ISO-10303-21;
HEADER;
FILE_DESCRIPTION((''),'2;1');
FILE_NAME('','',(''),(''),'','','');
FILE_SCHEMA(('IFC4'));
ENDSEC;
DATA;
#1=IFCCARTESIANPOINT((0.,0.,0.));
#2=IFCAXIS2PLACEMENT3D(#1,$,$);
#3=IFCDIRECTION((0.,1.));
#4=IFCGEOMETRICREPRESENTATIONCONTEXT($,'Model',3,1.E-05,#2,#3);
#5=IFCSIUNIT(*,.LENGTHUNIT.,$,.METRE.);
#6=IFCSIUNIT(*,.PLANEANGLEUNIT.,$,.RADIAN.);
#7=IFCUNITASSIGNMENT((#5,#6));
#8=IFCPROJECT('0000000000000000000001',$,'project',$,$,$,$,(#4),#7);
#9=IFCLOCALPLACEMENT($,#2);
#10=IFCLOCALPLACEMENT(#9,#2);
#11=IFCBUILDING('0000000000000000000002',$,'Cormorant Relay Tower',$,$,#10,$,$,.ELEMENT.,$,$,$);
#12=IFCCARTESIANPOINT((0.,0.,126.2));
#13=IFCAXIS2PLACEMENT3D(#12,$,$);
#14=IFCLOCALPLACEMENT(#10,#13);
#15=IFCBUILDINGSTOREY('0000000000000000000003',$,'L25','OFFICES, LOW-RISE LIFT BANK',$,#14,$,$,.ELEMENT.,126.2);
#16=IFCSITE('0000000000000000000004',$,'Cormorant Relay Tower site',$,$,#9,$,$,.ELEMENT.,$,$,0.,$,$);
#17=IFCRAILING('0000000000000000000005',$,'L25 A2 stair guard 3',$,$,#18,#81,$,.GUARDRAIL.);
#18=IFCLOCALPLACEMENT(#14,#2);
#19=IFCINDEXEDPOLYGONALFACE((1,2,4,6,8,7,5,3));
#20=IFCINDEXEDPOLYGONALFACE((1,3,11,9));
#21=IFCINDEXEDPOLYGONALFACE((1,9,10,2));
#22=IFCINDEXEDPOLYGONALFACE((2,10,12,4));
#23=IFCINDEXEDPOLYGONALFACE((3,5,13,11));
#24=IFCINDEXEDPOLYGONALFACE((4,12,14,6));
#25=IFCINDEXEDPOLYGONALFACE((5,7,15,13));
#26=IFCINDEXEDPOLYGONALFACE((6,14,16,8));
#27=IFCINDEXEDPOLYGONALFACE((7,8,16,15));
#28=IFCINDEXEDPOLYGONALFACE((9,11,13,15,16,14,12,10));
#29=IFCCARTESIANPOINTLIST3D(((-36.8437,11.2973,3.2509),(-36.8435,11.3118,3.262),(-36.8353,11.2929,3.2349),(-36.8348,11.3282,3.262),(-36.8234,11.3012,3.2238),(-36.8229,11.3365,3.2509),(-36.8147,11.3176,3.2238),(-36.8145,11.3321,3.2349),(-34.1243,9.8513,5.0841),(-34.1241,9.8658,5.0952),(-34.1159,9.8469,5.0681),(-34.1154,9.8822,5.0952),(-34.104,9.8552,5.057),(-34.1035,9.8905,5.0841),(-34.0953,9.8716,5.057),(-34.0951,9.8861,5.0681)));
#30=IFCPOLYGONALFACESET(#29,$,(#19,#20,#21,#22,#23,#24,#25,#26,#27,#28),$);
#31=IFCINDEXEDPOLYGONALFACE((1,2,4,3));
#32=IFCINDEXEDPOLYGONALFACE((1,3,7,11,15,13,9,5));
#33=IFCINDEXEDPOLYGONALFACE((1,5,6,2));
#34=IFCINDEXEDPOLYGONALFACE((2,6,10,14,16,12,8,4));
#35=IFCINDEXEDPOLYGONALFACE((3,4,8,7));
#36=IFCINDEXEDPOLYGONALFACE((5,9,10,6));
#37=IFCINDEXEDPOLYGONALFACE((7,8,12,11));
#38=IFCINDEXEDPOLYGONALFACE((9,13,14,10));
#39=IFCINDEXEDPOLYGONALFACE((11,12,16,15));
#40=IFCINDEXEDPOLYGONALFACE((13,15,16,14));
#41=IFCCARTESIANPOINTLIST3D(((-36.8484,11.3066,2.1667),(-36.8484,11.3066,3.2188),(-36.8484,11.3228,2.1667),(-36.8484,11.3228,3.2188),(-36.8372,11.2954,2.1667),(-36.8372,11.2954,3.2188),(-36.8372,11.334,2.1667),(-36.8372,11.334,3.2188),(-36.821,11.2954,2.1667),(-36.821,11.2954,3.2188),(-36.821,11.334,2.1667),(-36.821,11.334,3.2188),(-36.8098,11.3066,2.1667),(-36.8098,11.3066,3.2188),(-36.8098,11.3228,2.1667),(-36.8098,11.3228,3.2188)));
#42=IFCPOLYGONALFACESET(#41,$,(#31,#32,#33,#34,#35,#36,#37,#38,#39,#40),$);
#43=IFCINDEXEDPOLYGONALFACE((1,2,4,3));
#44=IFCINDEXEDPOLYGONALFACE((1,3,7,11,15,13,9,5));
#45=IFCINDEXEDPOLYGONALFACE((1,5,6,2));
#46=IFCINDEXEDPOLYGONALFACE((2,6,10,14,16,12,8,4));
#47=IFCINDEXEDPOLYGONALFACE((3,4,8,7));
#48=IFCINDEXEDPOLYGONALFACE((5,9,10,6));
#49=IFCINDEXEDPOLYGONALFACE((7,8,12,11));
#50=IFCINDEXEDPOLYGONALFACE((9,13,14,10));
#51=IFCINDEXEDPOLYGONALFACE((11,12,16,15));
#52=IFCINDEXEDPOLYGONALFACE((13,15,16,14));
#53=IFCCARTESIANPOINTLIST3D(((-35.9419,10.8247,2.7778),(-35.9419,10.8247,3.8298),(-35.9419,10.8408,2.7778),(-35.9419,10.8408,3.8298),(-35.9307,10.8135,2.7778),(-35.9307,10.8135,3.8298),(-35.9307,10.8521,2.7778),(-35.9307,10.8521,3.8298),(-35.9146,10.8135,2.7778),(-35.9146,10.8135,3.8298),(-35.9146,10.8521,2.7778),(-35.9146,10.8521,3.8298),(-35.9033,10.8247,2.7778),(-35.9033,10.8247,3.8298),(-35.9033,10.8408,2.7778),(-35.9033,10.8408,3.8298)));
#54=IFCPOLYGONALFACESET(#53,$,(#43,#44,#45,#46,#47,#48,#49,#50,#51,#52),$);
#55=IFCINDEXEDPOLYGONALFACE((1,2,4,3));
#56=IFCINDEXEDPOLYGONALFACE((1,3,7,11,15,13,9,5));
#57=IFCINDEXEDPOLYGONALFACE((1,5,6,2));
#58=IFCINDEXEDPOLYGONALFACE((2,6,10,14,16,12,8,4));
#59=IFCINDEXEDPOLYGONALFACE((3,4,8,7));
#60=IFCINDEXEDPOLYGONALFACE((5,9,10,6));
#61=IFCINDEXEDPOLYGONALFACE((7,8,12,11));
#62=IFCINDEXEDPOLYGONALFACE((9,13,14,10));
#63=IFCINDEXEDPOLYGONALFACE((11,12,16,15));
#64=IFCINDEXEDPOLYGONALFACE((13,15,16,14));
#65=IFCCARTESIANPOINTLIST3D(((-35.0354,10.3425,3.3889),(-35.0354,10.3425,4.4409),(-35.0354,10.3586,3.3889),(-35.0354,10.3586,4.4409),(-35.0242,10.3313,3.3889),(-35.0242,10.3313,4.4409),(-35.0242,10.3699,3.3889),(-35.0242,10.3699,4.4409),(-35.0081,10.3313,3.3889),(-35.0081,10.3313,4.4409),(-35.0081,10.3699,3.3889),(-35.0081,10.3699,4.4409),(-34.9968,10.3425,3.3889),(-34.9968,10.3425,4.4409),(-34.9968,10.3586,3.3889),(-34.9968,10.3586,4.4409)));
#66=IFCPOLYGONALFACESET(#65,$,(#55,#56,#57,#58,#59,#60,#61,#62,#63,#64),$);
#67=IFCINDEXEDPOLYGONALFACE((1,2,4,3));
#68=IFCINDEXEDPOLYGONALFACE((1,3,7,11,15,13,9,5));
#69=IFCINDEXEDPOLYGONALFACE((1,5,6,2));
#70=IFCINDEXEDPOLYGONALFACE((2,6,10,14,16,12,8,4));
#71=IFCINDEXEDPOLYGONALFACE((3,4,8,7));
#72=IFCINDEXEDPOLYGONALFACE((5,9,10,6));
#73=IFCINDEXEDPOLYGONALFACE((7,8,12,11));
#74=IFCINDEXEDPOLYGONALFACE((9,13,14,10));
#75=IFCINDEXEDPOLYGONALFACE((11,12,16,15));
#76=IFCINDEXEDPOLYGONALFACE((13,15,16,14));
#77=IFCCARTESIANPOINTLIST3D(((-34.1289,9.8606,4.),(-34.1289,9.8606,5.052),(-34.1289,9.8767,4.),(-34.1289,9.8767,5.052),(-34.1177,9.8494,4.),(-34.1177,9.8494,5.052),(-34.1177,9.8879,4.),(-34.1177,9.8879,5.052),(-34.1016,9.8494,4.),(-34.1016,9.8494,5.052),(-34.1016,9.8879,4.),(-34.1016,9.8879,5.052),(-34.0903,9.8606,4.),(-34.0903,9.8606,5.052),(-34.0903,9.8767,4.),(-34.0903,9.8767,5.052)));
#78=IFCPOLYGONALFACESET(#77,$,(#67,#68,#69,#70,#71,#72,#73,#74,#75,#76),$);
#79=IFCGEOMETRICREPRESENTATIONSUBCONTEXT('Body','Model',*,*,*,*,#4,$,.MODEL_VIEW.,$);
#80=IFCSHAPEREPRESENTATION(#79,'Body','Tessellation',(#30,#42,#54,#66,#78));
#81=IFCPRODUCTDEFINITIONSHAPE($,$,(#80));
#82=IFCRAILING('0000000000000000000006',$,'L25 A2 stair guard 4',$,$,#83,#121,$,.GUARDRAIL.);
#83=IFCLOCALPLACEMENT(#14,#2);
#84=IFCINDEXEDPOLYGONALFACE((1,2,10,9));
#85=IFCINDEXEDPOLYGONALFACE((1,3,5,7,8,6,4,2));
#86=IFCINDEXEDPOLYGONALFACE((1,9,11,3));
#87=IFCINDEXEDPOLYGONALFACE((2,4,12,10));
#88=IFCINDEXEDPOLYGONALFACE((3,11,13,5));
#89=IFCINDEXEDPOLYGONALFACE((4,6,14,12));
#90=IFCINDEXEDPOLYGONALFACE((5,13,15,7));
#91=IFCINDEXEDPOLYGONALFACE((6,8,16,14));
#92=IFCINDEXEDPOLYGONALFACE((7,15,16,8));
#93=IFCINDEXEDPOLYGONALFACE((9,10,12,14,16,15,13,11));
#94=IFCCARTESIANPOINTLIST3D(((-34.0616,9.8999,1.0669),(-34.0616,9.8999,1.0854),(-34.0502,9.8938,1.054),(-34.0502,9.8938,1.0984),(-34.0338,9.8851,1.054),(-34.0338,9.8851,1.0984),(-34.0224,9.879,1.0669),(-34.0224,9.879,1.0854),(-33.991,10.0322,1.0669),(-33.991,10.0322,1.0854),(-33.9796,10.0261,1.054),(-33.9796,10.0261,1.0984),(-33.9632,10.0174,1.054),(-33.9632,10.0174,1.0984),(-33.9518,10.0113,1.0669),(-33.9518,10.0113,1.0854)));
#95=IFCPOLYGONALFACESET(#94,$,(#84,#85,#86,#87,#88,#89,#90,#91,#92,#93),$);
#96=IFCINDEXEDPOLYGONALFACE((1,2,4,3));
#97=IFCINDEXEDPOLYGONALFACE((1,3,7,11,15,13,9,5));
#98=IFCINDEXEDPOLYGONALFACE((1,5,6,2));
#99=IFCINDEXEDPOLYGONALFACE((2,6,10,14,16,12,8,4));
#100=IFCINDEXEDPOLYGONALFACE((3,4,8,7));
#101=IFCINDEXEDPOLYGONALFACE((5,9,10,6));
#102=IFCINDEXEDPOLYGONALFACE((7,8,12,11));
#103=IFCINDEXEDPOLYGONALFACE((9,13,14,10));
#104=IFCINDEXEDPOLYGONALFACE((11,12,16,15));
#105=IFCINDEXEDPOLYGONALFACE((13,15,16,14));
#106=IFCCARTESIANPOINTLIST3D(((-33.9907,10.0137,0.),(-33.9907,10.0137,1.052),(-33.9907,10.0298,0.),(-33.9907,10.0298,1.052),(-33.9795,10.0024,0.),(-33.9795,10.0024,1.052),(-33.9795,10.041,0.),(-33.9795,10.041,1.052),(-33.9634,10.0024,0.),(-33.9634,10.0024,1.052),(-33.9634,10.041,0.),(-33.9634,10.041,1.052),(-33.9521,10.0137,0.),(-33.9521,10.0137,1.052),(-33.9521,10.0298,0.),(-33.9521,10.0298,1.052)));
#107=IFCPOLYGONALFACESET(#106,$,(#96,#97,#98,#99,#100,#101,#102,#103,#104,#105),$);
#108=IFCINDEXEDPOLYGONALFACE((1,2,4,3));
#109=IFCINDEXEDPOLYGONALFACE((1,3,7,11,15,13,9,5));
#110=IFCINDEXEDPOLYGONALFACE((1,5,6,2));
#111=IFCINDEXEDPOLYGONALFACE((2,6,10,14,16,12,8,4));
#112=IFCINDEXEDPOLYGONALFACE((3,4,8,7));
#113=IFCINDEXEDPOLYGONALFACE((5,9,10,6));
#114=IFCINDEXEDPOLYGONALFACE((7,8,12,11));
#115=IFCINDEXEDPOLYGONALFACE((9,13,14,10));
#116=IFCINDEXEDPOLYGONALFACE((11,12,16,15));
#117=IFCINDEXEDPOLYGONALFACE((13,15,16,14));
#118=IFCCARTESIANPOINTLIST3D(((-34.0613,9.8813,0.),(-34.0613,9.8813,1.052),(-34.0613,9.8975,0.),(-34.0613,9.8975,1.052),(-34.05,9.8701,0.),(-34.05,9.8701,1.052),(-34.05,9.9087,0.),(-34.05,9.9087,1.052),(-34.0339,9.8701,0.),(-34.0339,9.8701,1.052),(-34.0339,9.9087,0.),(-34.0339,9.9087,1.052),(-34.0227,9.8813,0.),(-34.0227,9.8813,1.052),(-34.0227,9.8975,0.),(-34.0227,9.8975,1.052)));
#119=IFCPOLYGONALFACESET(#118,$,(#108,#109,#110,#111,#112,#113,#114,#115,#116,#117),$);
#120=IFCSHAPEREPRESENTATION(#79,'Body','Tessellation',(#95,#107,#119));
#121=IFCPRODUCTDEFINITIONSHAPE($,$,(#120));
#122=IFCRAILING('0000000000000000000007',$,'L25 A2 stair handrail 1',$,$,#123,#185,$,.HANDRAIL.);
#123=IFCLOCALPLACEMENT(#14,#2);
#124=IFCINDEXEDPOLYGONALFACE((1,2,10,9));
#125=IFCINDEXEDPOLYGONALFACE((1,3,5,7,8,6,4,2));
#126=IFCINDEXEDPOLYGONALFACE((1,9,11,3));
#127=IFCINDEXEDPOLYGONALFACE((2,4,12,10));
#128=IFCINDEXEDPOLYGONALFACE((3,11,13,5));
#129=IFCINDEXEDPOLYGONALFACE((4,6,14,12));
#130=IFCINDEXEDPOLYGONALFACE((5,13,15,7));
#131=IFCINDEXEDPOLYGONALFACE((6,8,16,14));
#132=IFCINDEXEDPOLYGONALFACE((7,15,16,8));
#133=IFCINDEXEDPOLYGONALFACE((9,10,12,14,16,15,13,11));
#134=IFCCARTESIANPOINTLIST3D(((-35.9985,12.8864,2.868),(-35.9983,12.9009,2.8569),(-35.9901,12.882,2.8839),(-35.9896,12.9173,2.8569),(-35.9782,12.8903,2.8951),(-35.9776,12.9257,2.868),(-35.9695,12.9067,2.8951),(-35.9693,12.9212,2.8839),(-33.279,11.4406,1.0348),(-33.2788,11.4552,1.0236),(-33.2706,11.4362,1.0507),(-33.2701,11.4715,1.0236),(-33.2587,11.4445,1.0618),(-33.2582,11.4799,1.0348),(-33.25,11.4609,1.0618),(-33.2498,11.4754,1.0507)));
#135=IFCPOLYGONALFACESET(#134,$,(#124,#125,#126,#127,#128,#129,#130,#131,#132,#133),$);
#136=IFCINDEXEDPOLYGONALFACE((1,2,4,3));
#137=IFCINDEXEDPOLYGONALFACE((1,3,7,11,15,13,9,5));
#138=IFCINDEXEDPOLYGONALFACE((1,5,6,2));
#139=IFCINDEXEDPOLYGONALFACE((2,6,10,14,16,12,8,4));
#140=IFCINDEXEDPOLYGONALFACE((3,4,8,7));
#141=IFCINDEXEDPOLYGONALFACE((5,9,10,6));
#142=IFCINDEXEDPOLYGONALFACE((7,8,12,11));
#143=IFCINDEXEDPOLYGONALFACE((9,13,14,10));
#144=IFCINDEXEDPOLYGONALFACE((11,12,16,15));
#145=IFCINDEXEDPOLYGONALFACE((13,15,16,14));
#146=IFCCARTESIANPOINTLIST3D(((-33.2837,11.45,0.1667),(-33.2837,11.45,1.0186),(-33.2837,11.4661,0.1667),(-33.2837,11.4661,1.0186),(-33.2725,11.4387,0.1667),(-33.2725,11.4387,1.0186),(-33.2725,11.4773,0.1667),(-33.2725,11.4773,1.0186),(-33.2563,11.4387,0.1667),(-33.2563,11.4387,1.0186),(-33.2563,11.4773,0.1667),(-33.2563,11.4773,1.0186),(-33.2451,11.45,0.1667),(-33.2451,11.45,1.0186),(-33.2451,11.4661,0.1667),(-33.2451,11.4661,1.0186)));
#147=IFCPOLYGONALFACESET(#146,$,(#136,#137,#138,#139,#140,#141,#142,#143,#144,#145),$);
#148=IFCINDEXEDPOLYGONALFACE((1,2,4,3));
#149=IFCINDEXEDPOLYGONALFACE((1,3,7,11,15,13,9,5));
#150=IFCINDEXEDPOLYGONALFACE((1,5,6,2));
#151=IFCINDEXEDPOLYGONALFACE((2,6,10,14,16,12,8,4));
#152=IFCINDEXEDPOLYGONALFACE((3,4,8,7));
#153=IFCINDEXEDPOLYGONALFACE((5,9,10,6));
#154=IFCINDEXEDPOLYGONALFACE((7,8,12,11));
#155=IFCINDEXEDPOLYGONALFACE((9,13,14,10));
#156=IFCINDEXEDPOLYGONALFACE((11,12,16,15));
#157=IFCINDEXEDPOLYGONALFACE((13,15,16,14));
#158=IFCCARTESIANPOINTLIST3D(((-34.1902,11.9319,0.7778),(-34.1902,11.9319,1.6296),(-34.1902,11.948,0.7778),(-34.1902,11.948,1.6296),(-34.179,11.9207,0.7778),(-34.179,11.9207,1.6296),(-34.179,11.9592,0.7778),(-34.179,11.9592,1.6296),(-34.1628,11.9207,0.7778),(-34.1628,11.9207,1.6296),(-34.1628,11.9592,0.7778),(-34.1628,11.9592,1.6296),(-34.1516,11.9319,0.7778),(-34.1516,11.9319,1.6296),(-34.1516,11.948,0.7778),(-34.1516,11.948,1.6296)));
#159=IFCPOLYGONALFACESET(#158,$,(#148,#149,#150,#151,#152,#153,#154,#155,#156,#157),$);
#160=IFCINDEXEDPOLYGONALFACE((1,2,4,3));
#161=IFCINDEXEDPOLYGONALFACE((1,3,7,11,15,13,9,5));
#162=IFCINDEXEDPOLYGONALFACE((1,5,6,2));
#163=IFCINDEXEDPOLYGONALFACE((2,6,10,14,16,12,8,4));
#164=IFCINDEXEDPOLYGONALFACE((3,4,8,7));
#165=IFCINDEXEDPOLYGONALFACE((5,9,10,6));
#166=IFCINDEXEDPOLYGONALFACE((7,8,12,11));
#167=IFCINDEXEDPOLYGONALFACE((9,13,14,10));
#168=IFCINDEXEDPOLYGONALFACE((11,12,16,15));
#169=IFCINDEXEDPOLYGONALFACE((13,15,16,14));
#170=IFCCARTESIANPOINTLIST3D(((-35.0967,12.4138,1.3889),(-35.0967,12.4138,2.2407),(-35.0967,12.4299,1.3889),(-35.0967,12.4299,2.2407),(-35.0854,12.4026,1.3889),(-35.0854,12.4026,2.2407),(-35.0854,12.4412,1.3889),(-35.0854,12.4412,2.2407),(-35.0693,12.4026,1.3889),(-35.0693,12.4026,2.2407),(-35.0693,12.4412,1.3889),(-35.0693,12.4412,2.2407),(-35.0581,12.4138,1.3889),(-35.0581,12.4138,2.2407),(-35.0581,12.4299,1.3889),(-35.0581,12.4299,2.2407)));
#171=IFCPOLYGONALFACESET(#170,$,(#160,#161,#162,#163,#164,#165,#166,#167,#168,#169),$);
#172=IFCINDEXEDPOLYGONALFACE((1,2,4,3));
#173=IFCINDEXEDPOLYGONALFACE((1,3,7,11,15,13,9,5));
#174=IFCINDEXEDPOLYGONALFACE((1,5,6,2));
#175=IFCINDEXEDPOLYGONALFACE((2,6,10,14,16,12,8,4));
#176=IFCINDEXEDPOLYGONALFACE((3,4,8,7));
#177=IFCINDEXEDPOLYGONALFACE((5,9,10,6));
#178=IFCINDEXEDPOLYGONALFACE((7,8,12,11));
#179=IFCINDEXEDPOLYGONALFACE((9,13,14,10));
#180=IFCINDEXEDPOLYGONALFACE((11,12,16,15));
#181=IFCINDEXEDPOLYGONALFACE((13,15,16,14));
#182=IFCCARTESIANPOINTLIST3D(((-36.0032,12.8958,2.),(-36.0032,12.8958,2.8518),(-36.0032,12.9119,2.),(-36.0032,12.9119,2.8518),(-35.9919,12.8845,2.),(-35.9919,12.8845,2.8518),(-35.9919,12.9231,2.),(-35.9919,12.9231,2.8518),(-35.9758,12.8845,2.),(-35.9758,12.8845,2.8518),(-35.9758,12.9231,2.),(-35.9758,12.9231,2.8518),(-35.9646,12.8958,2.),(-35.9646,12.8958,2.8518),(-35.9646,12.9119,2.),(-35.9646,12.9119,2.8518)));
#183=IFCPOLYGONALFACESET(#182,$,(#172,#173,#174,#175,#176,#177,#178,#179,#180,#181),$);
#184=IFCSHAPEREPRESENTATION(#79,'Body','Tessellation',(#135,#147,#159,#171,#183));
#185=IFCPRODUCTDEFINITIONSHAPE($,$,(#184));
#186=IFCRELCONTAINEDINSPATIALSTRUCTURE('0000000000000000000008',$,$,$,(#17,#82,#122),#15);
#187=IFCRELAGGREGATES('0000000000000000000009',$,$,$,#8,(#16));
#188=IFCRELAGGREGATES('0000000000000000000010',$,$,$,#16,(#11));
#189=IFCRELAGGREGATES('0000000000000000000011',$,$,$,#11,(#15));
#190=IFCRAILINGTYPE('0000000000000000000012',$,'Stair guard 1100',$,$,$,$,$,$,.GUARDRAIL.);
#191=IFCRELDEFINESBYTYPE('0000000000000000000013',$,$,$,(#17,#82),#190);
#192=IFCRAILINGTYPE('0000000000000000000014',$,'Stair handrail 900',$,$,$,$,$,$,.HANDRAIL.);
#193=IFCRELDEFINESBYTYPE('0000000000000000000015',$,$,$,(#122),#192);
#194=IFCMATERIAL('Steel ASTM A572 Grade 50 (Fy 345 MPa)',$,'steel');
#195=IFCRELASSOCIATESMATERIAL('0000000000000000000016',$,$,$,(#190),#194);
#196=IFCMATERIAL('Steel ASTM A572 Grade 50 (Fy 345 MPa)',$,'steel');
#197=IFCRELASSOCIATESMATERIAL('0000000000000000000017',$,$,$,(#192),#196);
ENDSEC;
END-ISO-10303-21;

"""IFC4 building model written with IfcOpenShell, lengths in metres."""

from ifc_helpers import new_model, si_unit, direction, frame, origin, place, context, subcontext, project, spatial, polyline, outline, extrude, material, type_object, element, save


model = new_model("IFC4")

# Units and contexts
model_context = context("Model", 3, precision=1e-05, world=origin(), true_north=direction((0.0, 1.0)))
body_context = subcontext(model_context, "Body", "Model", "MODEL_VIEW")
ifc_project = project(units=[si_unit("LENGTHUNIT", "METRE"), si_unit("PLANEANGLEUNIT", "RADIAN")], contexts=[model_context])

# Site, building, storey
site_placement = place(None, origin())
site = spatial("IfcSite", under=ifc_project, at=site_placement, Name="Cormorant Relay Tower site", CompositionType="ELEMENT", RefElevation=0.0)
building_placement = place(site_placement, origin())
building = spatial("IfcBuilding", under=site, at=building_placement, Name="Cormorant Relay Tower", CompositionType="ELEMENT")
storey_placement = place(building_placement, frame((0.0, 0.0, 126.2)))
storey = spatial("IfcBuildingStorey", under=building, at=storey_placement, Name="L25", Description="OFFICES, LOW-RISE LIFT BANK", CompositionType="ELEMENT", Elevation=126.2)

# Railings
ifc_material_1 = material(Name="Steel ASTM A572 Grade 50 (Fy 345 MPa)", Category="steel")
railing_type_1 = type_object("IfcRailingType", Name="Stair guard 1100", PredefinedType="GUARDRAIL", material=ifc_material_1)
railing_1_placement = place(storey_placement, frame((-36.8291, 11.3147, 2.1667)))
element("IfcRailing", 1, at=railing_1_placement, inside=storey, type_object=railing_type_1, Name="L25 A2 stair guard 3", PredefinedType="GUARDRAIL", context=body_context, shape_type="SweptSolid", body=[
    extrude(outline(polyline([(0.0222, 0.0093), (0.0093, 0.0222), (-0.0093, 0.0222), (-0.0222, 0.0093), (-0.0222, -0.0093), (-0.0093, -0.0222), (0.0093, -0.0222), (0.0222, -0.0093), (0.0222, 0.0093)])), frame((0.0, 0.0, 1.0762), z_axis=(0.758714, -0.403435, 0.511463), x_axis=(0.469489, 0.882938, 0.0)), (0.0, 0.0, 1.0), 3.5842),
    extrude(outline(polyline([(0.0193, 0.0081), (0.0081, 0.0193), (-0.0081, 0.0193), (-0.0193, 0.0081), (-0.0193, -0.0081), (-0.0081, -0.0193), (0.0081, -0.0193), (0.0193, -0.0081), (0.0193, 0.0081)])), origin(), (0.0, 0.0, 1.0), 1.052),
    extrude(outline(polyline([(0.0193, 0.0081), (0.0081, 0.0193), (-0.0081, 0.0193), (-0.0193, 0.0081), (-0.0193, -0.0081), (-0.0081, -0.0193), (0.0081, -0.0193), (0.0193, -0.0081), (0.0193, 0.0081)])), frame((0.9065, -0.4819, 0.6111)), (0.0, 0.0, 1.0), 1.052),
    extrude(outline(polyline([(0.0193, 0.0081), (0.0081, 0.0193), (-0.0081, 0.0193), (-0.0193, 0.0081), (-0.0193, -0.0081), (-0.0081, -0.0193), (0.0081, -0.0193), (0.0193, -0.0081), (0.0193, 0.0081)])), frame((1.813, -0.9641, 1.2222)), (0.0, 0.0, 1.0), 1.052),
    extrude(outline(polyline([(0.0193, 0.0081), (0.0081, 0.0193), (-0.0081, 0.0193), (-0.0193, 0.0081), (-0.0193, -0.0081), (-0.0081, -0.0193), (0.0081, -0.0193), (0.0193, -0.0081), (0.0193, 0.0081)])), frame((2.7195, -1.446, 1.8333)), (0.0, 0.0, 1.0), 1.052),
])
railing_2_placement = place(storey_placement, frame((-33.9714, 10.0217, 0.0)))
element("IfcRailing", 2, at=railing_2_placement, inside=storey, type_object=railing_type_1, Name="L25 A2 stair guard 4", PredefinedType="GUARDRAIL", context=body_context, shape_type="SweptSolid", body=[
    extrude(outline(polyline([(0.0222, 0.0093), (0.0093, 0.0222), (-0.0093, 0.0222), (-0.0222, 0.0093), (-0.0222, -0.0093), (-0.0093, -0.0222), (0.0093, -0.0222), (0.0222, -0.0093), (0.0222, 0.0093)])), frame((0.0, 0.0, 1.0762), z_axis=(-0.470504, -0.882398, 0.0), x_axis=(0.882398, -0.470504, 0.0)), (0.0, 0.0, 1.0), 0.1499),
    extrude(outline(polyline([(0.0193, 0.0081), (0.0081, 0.0193), (-0.0081, 0.0193), (-0.0193, 0.0081), (-0.0193, -0.0081), (-0.0081, -0.0193), (0.0081, -0.0193), (0.0193, -0.0081), (0.0193, 0.0081)])), origin(), (0.0, 0.0, 1.0), 1.052),
    extrude(outline(polyline([(0.0193, 0.0081), (0.0081, 0.0193), (-0.0081, 0.0193), (-0.0193, 0.0081), (-0.0193, -0.0081), (-0.0081, -0.0193), (0.0081, -0.0193), (0.0193, -0.0081), (0.0193, 0.0081)])), frame((-0.0706, -0.1323, 0.0)), (0.0, 0.0, 1.0), 1.052),
])
ifc_material_2 = material(Name="Steel ASTM A572 Grade 50 (Fy 345 MPa)", Category="steel")
railing_type_2 = type_object("IfcRailingType", Name="Stair handrail 900", PredefinedType="HANDRAIL", material=ifc_material_2)
railing_3_placement = place(storey_placement, frame((-33.2644, 11.458, 0.1667)))
element("IfcRailing", 3, at=railing_3_placement, inside=storey, type_object=railing_type_2, Name="L25 A2 stair handrail 1", PredefinedType="HANDRAIL", context=body_context, shape_type="SweptSolid", body=[
    extrude(outline(polyline([(0.0222, 0.0093), (0.0093, 0.0222), (-0.0093, 0.0222), (-0.0222, 0.0093), (-0.0222, -0.0093), (-0.0093, -0.0222), (0.0093, -0.0222), (0.0222, -0.0093), (0.0222, 0.0093)])), frame((0.0, 0.0, 0.876), z_axis=(-0.758735, 0.403378, 0.511477), x_axis=(-0.469428, -0.882971, 0.0)), (0.0, 0.0, 1.0), 3.5842),
    extrude(outline(polyline([(0.0193, 0.0081), (0.0081, 0.0193), (-0.0081, 0.0193), (-0.0193, 0.0081), (-0.0193, -0.0081), (-0.0081, -0.0193), (0.0081, -0.0193), (0.0193, -0.0081), (0.0193, 0.0081)])), origin(), (0.0, 0.0, 1.0), 0.8518),
    extrude(outline(polyline([(0.0193, 0.0081), (0.0081, 0.0193), (-0.0081, 0.0193), (-0.0193, 0.0081), (-0.0193, -0.0081), (-0.0081, -0.0193), (0.0081, -0.0193), (0.0193, -0.0081), (0.0193, 0.0081)])), frame((-0.9065, 0.4819, 0.6111)), (0.0, 0.0, 1.0), 0.8518),
    extrude(outline(polyline([(0.0193, 0.0081), (0.0081, 0.0193), (-0.0081, 0.0193), (-0.0193, 0.0081), (-0.0193, -0.0081), (-0.0081, -0.0193), (0.0081, -0.0193), (0.0193, -0.0081), (0.0193, 0.0081)])), frame((-1.813, 0.9639, 1.2222)), (0.0, 0.0, 1.0), 0.8518),
    extrude(outline(polyline([(0.0193, 0.0081), (0.0081, 0.0193), (-0.0081, 0.0193), (-0.0193, 0.0081), (-0.0193, -0.0081), (-0.0081, -0.0193), (0.0081, -0.0193), (0.0193, -0.0081), (0.0193, 0.0081)])), frame((-2.7195, 1.4458, 1.8333)), (0.0, 0.0, 1.0), 0.8518),
])

save(model, "model.ifc")
